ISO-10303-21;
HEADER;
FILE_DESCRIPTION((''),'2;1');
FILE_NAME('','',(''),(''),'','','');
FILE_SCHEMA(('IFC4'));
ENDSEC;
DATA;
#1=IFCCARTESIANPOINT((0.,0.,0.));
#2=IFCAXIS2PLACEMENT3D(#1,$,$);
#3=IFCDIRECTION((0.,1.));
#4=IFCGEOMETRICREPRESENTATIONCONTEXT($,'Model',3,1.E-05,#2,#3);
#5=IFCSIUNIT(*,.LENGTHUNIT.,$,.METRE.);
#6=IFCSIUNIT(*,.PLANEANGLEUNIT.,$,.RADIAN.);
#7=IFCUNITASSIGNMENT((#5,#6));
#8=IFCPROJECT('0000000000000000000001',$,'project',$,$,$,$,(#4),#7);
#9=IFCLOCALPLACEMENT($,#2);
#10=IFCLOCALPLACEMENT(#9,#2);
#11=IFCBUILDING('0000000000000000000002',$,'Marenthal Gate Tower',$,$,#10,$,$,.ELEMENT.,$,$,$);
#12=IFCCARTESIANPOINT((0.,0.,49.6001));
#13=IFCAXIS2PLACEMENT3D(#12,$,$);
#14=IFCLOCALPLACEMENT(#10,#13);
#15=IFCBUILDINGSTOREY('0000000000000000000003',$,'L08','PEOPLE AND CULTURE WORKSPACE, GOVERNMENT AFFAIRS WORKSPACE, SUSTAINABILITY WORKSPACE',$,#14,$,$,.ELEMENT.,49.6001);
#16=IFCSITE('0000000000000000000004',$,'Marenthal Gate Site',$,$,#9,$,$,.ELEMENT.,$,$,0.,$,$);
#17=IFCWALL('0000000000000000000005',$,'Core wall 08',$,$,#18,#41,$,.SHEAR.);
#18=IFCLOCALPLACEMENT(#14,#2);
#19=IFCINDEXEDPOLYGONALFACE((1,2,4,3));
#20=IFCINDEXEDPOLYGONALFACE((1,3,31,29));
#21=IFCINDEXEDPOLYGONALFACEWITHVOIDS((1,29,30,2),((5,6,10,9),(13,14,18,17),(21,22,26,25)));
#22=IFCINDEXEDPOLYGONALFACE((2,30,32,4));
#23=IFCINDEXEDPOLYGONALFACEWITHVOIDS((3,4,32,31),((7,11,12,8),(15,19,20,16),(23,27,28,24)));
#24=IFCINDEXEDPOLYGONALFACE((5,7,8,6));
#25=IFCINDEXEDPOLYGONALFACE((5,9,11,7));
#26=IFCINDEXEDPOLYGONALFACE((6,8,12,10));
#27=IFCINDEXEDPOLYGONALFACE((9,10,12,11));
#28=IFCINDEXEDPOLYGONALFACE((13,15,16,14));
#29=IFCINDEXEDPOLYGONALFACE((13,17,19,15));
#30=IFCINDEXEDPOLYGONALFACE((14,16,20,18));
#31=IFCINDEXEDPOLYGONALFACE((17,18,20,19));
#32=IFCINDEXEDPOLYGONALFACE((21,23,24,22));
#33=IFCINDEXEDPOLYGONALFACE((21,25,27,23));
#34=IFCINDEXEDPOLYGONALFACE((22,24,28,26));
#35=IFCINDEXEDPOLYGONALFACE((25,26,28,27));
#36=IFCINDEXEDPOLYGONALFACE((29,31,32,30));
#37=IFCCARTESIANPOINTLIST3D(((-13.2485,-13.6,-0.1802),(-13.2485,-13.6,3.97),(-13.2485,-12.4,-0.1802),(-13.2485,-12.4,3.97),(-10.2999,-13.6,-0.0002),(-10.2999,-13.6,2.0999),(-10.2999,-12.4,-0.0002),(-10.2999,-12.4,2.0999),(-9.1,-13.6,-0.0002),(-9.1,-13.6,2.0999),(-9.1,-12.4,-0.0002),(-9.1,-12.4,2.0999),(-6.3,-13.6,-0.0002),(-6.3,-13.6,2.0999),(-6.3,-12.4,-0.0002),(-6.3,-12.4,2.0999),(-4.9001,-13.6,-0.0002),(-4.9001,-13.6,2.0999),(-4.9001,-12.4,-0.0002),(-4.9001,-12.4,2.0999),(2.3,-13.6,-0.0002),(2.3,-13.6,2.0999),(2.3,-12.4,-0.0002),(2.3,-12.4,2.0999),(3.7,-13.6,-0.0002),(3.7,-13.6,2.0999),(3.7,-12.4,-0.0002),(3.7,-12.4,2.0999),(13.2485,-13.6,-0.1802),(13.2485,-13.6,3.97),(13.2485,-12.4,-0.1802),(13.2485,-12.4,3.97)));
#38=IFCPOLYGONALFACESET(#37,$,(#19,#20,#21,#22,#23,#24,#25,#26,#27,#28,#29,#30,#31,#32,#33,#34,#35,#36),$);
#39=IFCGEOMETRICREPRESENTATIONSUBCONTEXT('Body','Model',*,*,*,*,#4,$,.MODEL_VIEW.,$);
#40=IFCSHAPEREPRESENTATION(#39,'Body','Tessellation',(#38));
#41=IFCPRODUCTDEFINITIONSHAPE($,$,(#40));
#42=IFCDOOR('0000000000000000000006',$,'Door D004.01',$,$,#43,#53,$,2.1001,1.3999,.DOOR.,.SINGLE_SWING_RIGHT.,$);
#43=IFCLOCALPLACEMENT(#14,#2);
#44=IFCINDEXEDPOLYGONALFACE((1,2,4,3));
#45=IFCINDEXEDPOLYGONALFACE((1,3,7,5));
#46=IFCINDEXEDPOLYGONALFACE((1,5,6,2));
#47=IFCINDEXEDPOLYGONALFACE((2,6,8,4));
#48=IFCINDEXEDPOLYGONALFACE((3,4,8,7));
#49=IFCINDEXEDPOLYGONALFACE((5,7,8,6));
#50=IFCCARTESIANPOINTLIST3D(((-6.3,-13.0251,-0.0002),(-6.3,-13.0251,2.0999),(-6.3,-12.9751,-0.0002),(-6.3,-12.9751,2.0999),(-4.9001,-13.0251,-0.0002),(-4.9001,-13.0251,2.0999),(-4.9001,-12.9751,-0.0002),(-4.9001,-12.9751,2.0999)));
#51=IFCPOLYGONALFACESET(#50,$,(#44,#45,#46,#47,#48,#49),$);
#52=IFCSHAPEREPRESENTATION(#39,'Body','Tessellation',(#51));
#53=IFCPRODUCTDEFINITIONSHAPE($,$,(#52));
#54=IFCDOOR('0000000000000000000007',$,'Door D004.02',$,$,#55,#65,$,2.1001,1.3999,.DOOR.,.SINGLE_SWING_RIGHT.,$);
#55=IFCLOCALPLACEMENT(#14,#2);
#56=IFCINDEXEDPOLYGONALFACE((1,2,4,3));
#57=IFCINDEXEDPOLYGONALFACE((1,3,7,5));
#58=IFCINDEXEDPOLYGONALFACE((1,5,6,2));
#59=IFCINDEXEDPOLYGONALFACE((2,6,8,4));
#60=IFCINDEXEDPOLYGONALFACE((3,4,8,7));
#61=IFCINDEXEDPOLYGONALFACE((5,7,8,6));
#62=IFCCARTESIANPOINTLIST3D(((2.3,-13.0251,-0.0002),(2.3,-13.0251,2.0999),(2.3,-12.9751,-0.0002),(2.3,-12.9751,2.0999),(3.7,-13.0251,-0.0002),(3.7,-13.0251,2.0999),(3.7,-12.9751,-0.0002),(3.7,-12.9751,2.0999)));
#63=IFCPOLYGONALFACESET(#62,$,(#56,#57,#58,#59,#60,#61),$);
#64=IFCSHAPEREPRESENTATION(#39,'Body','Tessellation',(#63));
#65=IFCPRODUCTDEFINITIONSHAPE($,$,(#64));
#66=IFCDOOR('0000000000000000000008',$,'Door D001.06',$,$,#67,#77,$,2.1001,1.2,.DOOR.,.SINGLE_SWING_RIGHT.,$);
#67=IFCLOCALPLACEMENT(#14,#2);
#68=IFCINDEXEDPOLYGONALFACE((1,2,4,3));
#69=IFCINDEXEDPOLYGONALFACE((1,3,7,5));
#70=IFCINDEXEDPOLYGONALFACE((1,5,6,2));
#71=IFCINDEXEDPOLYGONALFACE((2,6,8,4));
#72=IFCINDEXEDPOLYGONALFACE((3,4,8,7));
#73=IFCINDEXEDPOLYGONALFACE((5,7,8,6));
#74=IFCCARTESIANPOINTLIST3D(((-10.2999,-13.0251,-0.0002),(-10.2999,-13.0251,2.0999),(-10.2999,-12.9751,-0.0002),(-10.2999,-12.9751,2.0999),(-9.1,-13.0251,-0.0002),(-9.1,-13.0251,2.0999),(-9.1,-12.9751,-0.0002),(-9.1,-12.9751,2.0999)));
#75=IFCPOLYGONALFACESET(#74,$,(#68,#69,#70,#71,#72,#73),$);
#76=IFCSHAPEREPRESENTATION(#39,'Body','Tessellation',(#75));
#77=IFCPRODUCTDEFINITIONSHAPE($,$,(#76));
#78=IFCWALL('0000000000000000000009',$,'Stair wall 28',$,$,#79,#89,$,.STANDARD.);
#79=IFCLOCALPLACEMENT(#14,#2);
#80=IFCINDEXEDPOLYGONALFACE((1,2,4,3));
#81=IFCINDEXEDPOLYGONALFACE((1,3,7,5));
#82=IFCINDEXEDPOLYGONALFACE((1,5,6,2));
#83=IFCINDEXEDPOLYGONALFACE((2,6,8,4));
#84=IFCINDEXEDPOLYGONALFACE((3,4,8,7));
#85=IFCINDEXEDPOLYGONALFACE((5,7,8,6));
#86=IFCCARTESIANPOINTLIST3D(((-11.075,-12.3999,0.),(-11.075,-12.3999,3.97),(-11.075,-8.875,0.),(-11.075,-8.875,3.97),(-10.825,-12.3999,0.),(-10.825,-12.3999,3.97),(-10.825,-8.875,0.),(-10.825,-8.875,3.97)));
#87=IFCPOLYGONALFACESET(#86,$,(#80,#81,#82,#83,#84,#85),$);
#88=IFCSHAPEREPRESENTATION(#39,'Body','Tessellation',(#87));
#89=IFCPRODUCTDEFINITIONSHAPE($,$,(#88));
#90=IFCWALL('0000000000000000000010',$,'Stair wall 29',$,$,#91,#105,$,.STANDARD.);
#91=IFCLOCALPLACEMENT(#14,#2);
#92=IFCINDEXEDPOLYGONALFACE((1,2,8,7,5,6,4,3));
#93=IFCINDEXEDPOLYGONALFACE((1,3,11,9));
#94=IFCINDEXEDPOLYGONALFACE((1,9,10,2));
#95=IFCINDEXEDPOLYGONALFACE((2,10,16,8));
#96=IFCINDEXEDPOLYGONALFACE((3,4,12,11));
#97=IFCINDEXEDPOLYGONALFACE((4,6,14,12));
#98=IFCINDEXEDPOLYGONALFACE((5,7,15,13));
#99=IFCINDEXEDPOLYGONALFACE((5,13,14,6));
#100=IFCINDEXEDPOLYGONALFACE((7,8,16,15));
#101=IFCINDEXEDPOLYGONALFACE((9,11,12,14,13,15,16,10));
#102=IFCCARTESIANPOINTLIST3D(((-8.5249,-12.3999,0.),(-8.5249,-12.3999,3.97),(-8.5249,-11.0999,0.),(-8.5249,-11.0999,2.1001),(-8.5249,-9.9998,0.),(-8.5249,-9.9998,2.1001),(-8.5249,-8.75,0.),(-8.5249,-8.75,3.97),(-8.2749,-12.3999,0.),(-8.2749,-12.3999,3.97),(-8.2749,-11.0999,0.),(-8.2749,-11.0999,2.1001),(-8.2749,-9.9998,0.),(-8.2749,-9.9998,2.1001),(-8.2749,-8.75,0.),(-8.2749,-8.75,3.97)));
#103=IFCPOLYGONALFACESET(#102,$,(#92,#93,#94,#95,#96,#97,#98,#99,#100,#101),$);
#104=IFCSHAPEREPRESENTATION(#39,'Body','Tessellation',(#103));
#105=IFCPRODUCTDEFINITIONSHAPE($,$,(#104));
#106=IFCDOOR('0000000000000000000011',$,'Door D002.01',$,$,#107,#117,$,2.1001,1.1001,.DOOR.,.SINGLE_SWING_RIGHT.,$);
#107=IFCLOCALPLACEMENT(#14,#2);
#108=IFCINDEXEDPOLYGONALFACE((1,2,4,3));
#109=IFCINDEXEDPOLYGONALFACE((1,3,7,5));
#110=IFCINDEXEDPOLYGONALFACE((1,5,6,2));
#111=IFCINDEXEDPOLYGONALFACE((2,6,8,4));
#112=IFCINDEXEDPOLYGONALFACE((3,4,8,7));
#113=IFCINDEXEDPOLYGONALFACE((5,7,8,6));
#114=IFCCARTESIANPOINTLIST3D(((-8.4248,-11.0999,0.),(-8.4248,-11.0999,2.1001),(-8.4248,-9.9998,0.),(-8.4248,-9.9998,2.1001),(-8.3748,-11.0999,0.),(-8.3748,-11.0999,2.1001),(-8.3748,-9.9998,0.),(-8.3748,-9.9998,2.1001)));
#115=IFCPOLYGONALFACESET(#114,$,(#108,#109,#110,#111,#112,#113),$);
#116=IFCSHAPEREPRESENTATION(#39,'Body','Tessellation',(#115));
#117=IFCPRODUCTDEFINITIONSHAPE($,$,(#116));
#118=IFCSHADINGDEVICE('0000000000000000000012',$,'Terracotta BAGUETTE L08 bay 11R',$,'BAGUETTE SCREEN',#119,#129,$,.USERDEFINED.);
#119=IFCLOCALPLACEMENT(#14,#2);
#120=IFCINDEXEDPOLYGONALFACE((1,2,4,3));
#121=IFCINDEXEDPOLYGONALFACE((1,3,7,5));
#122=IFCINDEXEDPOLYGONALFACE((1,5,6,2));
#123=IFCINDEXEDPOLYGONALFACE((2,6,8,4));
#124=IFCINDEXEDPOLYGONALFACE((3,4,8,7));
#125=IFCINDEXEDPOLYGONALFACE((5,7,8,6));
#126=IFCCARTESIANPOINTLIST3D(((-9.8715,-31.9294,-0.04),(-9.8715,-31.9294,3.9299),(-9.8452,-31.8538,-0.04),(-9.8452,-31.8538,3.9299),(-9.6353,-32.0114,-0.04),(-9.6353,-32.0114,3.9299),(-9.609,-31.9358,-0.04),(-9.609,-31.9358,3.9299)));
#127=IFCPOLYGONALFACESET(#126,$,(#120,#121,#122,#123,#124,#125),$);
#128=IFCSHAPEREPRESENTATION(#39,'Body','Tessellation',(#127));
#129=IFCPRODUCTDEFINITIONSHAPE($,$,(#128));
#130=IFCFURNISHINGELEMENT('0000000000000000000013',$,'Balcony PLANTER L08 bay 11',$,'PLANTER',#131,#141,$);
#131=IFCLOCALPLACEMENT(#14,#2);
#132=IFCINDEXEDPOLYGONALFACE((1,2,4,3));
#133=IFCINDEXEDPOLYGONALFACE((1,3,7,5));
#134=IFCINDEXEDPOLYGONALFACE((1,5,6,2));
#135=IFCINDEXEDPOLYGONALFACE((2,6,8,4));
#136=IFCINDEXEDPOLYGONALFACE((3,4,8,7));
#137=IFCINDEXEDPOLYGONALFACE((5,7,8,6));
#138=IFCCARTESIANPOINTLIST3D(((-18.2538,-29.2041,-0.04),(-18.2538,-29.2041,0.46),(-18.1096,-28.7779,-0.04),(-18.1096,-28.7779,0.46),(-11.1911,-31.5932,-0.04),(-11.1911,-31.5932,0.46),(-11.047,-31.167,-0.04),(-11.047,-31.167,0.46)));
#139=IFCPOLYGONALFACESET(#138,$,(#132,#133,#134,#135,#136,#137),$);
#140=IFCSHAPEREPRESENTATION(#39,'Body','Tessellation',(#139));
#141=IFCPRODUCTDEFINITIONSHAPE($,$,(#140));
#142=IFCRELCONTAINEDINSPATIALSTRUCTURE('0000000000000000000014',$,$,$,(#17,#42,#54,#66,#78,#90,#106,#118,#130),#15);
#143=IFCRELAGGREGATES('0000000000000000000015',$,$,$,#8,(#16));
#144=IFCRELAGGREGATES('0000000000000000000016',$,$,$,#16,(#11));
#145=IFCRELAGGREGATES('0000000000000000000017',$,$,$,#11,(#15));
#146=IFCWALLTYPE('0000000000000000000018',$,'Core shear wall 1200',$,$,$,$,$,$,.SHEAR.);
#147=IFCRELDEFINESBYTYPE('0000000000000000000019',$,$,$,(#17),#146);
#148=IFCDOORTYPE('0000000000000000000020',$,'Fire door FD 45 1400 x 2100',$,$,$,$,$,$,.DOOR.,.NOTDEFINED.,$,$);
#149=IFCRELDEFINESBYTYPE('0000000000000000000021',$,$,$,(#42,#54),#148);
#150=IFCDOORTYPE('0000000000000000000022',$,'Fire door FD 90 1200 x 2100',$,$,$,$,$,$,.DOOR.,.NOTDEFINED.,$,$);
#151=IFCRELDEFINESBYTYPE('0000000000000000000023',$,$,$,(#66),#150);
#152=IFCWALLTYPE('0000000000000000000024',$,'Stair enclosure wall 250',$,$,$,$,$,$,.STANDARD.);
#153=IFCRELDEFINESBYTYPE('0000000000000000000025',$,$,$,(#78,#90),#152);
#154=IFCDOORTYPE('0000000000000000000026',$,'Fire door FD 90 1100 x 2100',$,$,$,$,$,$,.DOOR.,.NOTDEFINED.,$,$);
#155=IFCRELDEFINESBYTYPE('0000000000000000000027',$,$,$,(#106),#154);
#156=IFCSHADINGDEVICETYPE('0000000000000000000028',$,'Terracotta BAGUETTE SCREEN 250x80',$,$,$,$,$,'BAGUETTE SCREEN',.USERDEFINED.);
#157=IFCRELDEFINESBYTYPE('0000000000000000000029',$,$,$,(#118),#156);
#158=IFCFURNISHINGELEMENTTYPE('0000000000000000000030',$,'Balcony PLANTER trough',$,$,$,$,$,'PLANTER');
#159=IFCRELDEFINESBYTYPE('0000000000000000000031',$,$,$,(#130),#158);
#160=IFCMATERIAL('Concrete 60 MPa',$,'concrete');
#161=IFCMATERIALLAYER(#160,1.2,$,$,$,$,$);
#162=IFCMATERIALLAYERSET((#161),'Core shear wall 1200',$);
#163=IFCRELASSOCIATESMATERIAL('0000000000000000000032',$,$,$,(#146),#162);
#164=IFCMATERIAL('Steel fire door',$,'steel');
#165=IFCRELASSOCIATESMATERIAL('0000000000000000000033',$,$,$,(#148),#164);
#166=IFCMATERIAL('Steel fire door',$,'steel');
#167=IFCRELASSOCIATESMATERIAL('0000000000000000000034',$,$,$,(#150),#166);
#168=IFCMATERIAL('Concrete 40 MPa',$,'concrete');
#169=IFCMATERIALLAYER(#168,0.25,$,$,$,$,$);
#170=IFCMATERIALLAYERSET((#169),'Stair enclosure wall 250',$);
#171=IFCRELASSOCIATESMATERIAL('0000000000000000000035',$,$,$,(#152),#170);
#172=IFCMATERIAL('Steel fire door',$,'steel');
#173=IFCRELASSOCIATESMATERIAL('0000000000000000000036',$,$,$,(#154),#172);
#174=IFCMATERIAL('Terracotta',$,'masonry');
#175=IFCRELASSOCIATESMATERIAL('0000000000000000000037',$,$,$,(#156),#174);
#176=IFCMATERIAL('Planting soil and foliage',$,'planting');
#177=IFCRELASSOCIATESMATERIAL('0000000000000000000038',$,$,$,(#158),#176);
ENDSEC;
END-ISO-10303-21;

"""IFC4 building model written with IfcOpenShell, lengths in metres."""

from ifc_helpers import new_model, si_unit, direction, frame, frame_2d, origin, origin_2d, place, context, subcontext, project, spatial, rectangle, extrude, material, layer, layer_set, material_profile, profile_set, type_object, element, fill, save


model = new_model("IFC4")

# Units and contexts
model_context = context("Model", 3, precision=1e-05, world=origin(), true_north=direction((0.0, 1.0)))
body_context = subcontext(model_context, "Body", "Model", "MODEL_VIEW")
ifc_project = project(units=[si_unit("LENGTHUNIT", "METRE"), si_unit("PLANEANGLEUNIT", "RADIAN")], contexts=[model_context])

# Site, building, storey
site_placement = place(None, origin())
site = spatial("IfcSite", under=ifc_project, at=site_placement, Name="Marenthal Gate Site", CompositionType="ELEMENT", RefElevation=0.0)
building_placement = place(site_placement, origin())
building = spatial("IfcBuilding", under=site, at=building_placement, Name="Marenthal Gate Tower", CompositionType="ELEMENT")
storey_placement = place(building_placement, frame((0.0, 0.0, 49.6001)))
storey = spatial("IfcBuildingStorey", under=building, at=storey_placement, Name="L08", Description="PEOPLE AND CULTURE WORKSPACE, GOVERNMENT AFFAIRS WORKSPACE, SUSTAINABILITY WORKSPACE", CompositionType="ELEMENT", Elevation=49.6001)

# Wall, openings, doors
ifc_material_1 = material(Name="Concrete 60 MPa", Category="concrete")
ifc_layer_1 = layer(ifc_material_1, 1.2)
ifc_layer_set_1 = layer_set([ifc_layer_1], Name="Core shear wall 1200")
wall_type_1 = type_object("IfcWallType", Name="Core shear wall 1200", PredefinedType="SHEAR", material=ifc_layer_set_1)
wall_1_placement = place(storey_placement, frame((-13.2485, -13.0, -0.1802), z_axis=(0.0, 0.0, 1.0), x_axis=(1.0, 0.0, 0.0)))
wall_1 = element("IfcWall", 1, at=wall_1_placement, inside=storey, type_object=wall_type_1, Name="Core wall 08", PredefinedType="SHEAR", context=body_context, shape_type="SweptSolid", body=[
    extrude(rectangle(XDim=26.4971, YDim=1.2, at=frame_2d((13.2485, 0.0))), origin(), (0.0, 0.0, 1.0), 4.1501),
])
opening_1_placement = place(wall_1_placement, frame((2.9485, 0.0, 0.1799)))
opening_1 = element("IfcOpeningElement", 2, at=opening_1_placement, cuts=wall_1, PredefinedType="OPENING", context=body_context, shape_type="SweptSolid", body=[
    extrude(rectangle(XDim=1.2, YDim=2.1001, at=frame_2d((0.6001, 1.05))), frame((0.0, 0.6099, 0.0), z_axis=(0.0, -1.0, 0.0), x_axis=(1.0, 0.0, 0.0)), (0.0, 0.0, 1.0), 1.22),
])
opening_2_placement = place(wall_1_placement, frame((6.9485, 0.0, 0.1799)))
opening_2 = element("IfcOpeningElement", 3, at=opening_2_placement, cuts=wall_1, PredefinedType="OPENING", context=body_context, shape_type="SweptSolid", body=[
    extrude(rectangle(XDim=1.3999, YDim=2.1001, at=frame_2d((0.7, 1.05))), frame((0.0, 0.6099, 0.0), z_axis=(0.0, -1.0, 0.0), x_axis=(1.0, 0.0, 0.0)), (0.0, 0.0, 1.0), 1.22),
])
opening_3_placement = place(wall_1_placement, frame((15.5486, 0.0, 0.1799)))
opening_3 = element("IfcOpeningElement", 4, at=opening_3_placement, cuts=wall_1, PredefinedType="OPENING", context=body_context, shape_type="SweptSolid", body=[
    extrude(rectangle(XDim=1.3999, YDim=2.1001, at=frame_2d((0.7, 1.05))), frame((0.0, 0.6099, 0.0), z_axis=(0.0, -1.0, 0.0), x_axis=(1.0, 0.0, 0.0)), (0.0, 0.0, 1.0), 1.22),
])
ifc_material_2 = material(Name="Steel fire door", Category="steel")
door_type_1 = type_object("IfcDoorType", Name="Fire door FD 45 1400 x 2100", OperationType="NOTDEFINED", PredefinedType="DOOR", material=ifc_material_2)
door_1_placement = place(opening_2_placement, origin())
door_1 = element("IfcDoor", 5, at=door_1_placement, inside=storey, type_object=door_type_1, Name="Door D004.01", OperationType="SINGLE_SWING_RIGHT", OverallHeight=2.1001, OverallWidth=1.3999, PredefinedType="DOOR", context=body_context, shape_type="SweptSolid", body=[
    extrude(rectangle(XDim=1.3999, YDim=2.1001, at=frame_2d((0.7, 1.05))), frame((0.0, 0.0249, 0.0), z_axis=(0.0, -1.0, 0.0), x_axis=(1.0, 0.0, 0.0)), (0.0, 0.0, 1.0), 0.05),
])
fill(opening_2, door_1)
door_2_placement = place(opening_3_placement, origin())
door_2 = element("IfcDoor", 6, at=door_2_placement, inside=storey, type_object=door_type_1, Name="Door D004.02", OperationType="SINGLE_SWING_RIGHT", OverallHeight=2.1001, OverallWidth=1.3999, PredefinedType="DOOR", context=body_context, shape_type="SweptSolid", body=[
    extrude(rectangle(XDim=1.3999, YDim=2.1001, at=frame_2d((0.7, 1.05))), frame((0.0, 0.0249, 0.0), z_axis=(0.0, -1.0, 0.0), x_axis=(1.0, 0.0, 0.0)), (0.0, 0.0, 1.0), 0.05),
])
fill(opening_3, door_2)
ifc_material_3 = material(Name="Steel fire door", Category="steel")
door_type_2 = type_object("IfcDoorType", Name="Fire door FD 90 1200 x 2100", OperationType="NOTDEFINED", PredefinedType="DOOR", material=ifc_material_3)
door_3_placement = place(opening_1_placement, origin())
door_3 = element("IfcDoor", 7, at=door_3_placement, inside=storey, type_object=door_type_2, Name="Door D001.06", OperationType="SINGLE_SWING_RIGHT", OverallHeight=2.1001, OverallWidth=1.2, PredefinedType="DOOR", context=body_context, shape_type="SweptSolid", body=[
    extrude(rectangle(XDim=1.2, YDim=2.1001, at=frame_2d((0.6001, 1.05))), frame((0.0, 0.0249, 0.0), z_axis=(0.0, -1.0, 0.0), x_axis=(1.0, 0.0, 0.0)), (0.0, 0.0, 1.0), 0.05),
])
fill(opening_1, door_3)

# Wall
ifc_material_4 = material(Name="Concrete 40 MPa", Category="concrete")
ifc_layer_2 = layer(ifc_material_4, 0.25)
ifc_layer_set_2 = layer_set([ifc_layer_2], Name="Stair enclosure wall 250")
wall_type_2 = type_object("IfcWallType", Name="Stair enclosure wall 250", PredefinedType="STANDARD", material=ifc_layer_set_2)
wall_2_placement = place(storey_placement, frame((-10.95, -12.3999, 0.0), z_axis=(0.0, 0.0, 1.0), x_axis=(0.0, 1.0, 0.0)))
element("IfcWall", 8, at=wall_2_placement, inside=storey, type_object=wall_type_2, Name="Stair wall 28", PredefinedType="STANDARD", context=body_context, shape_type="SweptSolid", body=[
    extrude(rectangle(XDim=3.5249, YDim=0.25, at=frame_2d((1.7625, 0.0))), origin(), (0.0, 0.0, 1.0), 3.97),
])

# Wall, opening, door
wall_3_placement = place(storey_placement, frame((-8.3999, -12.3999, 0.0), z_axis=(0.0, 0.0, 1.0), x_axis=(0.0, 1.0, 0.0)))
wall_3 = element("IfcWall", 9, at=wall_3_placement, inside=storey, type_object=wall_type_2, Name="Stair wall 29", PredefinedType="STANDARD", context=body_context, shape_type="SweptSolid", body=[
    extrude(rectangle(XDim=3.6499, YDim=0.25, at=frame_2d((1.825, 0.0))), origin(), (0.0, 0.0, 1.0), 3.97),
])
opening_4_placement = place(wall_3_placement, frame((1.3, 0.0, 0.0)))
opening_4 = element("IfcOpeningElement", 10, at=opening_4_placement, cuts=wall_3, PredefinedType="OPENING", context=body_context, shape_type="SweptSolid", body=[
    extrude(rectangle(XDim=1.1001, YDim=2.1001, at=frame_2d((0.55, 1.05))), frame((0.0, 0.135, 0.0), z_axis=(0.0, -1.0, 0.0), x_axis=(1.0, 0.0, 0.0)), (0.0, 0.0, 1.0), 0.27),
])
ifc_material_5 = material(Name="Steel fire door", Category="steel")
door_type_3 = type_object("IfcDoorType", Name="Fire door FD 90 1100 x 2100", OperationType="NOTDEFINED", PredefinedType="DOOR", material=ifc_material_5)
door_4_placement = place(opening_4_placement, origin())
door_4 = element("IfcDoor", 11, at=door_4_placement, inside=storey, type_object=door_type_3, Name="Door D002.01", OperationType="SINGLE_SWING_RIGHT", OverallHeight=2.1001, OverallWidth=1.1001, PredefinedType="DOOR", context=body_context, shape_type="SweptSolid", body=[
    extrude(rectangle(XDim=1.1001, YDim=2.1001, at=frame_2d((0.55, 1.05))), frame((0.0, 0.0249, 0.0), z_axis=(0.0, -1.0, 0.0), x_axis=(1.0, 0.0, 0.0)), (0.0, 0.0, 1.0), 0.05),
])
fill(opening_4, door_4)

# Shading device
ifc_material_6 = material(Name="Terracotta", Category="masonry")
ifc_material_profile_1 = material_profile(ifc_material_6, rectangle(XDim=0.25, YDim=0.0801, at=origin_2d()), Name="Terracotta baguette 250x80")
ifc_profile_set_1 = profile_set([ifc_material_profile_1], Name="Terracotta")
shading_device_type = type_object("IfcShadingDeviceType", Name="Terracotta BAGUETTE SCREEN 250x80", ElementType="BAGUETTE SCREEN", PredefinedType="USERDEFINED", material=ifc_profile_set_1)
shading_device_placement = place(storey_placement, frame((-9.7402, -31.9326, -0.04), z_axis=(0.0, 0.0, 1.0), x_axis=(0.944691, -0.327963, 0.0)))
element("IfcShadingDevice", 12, at=shading_device_placement, inside=storey, type_object=shading_device_type, Name="Terracotta BAGUETTE L08 bay 11R", ObjectType="BAGUETTE SCREEN", PredefinedType="USERDEFINED", context=body_context, shape_type="SweptSolid", body=[
    extrude(rectangle(XDim=0.25, YDim=0.0801, at=origin_2d()), origin(), (0.0, 0.0, 1.0), 3.97),
])

# Furnishing element
ifc_material_7 = material(Name="Planting soil and foliage", Category="planting")
furnishing_element_type = type_object("IfcFurnishingElementType", Name="Balcony PLANTER trough", ElementType="PLANTER", material=ifc_material_7)
furnishing_placement = place(storey_placement, frame((-14.6504, -30.1855, -0.04), z_axis=(0.0, 0.0, 1.0), x_axis=(0.947271, -0.320433, 0.0)))
element("IfcFurnishingElement", 13, at=furnishing_placement, inside=storey, type_object=furnishing_element_type, Name="Balcony PLANTER L08 bay 11", ObjectType="PLANTER", context=body_context, shape_type="SweptSolid", body=[
    extrude(rectangle(XDim=7.4558, YDim=0.45, at=origin_2d()), origin(), (0.0, 0.0, 1.0), 0.5),
])

save(model, "model.ifc")
